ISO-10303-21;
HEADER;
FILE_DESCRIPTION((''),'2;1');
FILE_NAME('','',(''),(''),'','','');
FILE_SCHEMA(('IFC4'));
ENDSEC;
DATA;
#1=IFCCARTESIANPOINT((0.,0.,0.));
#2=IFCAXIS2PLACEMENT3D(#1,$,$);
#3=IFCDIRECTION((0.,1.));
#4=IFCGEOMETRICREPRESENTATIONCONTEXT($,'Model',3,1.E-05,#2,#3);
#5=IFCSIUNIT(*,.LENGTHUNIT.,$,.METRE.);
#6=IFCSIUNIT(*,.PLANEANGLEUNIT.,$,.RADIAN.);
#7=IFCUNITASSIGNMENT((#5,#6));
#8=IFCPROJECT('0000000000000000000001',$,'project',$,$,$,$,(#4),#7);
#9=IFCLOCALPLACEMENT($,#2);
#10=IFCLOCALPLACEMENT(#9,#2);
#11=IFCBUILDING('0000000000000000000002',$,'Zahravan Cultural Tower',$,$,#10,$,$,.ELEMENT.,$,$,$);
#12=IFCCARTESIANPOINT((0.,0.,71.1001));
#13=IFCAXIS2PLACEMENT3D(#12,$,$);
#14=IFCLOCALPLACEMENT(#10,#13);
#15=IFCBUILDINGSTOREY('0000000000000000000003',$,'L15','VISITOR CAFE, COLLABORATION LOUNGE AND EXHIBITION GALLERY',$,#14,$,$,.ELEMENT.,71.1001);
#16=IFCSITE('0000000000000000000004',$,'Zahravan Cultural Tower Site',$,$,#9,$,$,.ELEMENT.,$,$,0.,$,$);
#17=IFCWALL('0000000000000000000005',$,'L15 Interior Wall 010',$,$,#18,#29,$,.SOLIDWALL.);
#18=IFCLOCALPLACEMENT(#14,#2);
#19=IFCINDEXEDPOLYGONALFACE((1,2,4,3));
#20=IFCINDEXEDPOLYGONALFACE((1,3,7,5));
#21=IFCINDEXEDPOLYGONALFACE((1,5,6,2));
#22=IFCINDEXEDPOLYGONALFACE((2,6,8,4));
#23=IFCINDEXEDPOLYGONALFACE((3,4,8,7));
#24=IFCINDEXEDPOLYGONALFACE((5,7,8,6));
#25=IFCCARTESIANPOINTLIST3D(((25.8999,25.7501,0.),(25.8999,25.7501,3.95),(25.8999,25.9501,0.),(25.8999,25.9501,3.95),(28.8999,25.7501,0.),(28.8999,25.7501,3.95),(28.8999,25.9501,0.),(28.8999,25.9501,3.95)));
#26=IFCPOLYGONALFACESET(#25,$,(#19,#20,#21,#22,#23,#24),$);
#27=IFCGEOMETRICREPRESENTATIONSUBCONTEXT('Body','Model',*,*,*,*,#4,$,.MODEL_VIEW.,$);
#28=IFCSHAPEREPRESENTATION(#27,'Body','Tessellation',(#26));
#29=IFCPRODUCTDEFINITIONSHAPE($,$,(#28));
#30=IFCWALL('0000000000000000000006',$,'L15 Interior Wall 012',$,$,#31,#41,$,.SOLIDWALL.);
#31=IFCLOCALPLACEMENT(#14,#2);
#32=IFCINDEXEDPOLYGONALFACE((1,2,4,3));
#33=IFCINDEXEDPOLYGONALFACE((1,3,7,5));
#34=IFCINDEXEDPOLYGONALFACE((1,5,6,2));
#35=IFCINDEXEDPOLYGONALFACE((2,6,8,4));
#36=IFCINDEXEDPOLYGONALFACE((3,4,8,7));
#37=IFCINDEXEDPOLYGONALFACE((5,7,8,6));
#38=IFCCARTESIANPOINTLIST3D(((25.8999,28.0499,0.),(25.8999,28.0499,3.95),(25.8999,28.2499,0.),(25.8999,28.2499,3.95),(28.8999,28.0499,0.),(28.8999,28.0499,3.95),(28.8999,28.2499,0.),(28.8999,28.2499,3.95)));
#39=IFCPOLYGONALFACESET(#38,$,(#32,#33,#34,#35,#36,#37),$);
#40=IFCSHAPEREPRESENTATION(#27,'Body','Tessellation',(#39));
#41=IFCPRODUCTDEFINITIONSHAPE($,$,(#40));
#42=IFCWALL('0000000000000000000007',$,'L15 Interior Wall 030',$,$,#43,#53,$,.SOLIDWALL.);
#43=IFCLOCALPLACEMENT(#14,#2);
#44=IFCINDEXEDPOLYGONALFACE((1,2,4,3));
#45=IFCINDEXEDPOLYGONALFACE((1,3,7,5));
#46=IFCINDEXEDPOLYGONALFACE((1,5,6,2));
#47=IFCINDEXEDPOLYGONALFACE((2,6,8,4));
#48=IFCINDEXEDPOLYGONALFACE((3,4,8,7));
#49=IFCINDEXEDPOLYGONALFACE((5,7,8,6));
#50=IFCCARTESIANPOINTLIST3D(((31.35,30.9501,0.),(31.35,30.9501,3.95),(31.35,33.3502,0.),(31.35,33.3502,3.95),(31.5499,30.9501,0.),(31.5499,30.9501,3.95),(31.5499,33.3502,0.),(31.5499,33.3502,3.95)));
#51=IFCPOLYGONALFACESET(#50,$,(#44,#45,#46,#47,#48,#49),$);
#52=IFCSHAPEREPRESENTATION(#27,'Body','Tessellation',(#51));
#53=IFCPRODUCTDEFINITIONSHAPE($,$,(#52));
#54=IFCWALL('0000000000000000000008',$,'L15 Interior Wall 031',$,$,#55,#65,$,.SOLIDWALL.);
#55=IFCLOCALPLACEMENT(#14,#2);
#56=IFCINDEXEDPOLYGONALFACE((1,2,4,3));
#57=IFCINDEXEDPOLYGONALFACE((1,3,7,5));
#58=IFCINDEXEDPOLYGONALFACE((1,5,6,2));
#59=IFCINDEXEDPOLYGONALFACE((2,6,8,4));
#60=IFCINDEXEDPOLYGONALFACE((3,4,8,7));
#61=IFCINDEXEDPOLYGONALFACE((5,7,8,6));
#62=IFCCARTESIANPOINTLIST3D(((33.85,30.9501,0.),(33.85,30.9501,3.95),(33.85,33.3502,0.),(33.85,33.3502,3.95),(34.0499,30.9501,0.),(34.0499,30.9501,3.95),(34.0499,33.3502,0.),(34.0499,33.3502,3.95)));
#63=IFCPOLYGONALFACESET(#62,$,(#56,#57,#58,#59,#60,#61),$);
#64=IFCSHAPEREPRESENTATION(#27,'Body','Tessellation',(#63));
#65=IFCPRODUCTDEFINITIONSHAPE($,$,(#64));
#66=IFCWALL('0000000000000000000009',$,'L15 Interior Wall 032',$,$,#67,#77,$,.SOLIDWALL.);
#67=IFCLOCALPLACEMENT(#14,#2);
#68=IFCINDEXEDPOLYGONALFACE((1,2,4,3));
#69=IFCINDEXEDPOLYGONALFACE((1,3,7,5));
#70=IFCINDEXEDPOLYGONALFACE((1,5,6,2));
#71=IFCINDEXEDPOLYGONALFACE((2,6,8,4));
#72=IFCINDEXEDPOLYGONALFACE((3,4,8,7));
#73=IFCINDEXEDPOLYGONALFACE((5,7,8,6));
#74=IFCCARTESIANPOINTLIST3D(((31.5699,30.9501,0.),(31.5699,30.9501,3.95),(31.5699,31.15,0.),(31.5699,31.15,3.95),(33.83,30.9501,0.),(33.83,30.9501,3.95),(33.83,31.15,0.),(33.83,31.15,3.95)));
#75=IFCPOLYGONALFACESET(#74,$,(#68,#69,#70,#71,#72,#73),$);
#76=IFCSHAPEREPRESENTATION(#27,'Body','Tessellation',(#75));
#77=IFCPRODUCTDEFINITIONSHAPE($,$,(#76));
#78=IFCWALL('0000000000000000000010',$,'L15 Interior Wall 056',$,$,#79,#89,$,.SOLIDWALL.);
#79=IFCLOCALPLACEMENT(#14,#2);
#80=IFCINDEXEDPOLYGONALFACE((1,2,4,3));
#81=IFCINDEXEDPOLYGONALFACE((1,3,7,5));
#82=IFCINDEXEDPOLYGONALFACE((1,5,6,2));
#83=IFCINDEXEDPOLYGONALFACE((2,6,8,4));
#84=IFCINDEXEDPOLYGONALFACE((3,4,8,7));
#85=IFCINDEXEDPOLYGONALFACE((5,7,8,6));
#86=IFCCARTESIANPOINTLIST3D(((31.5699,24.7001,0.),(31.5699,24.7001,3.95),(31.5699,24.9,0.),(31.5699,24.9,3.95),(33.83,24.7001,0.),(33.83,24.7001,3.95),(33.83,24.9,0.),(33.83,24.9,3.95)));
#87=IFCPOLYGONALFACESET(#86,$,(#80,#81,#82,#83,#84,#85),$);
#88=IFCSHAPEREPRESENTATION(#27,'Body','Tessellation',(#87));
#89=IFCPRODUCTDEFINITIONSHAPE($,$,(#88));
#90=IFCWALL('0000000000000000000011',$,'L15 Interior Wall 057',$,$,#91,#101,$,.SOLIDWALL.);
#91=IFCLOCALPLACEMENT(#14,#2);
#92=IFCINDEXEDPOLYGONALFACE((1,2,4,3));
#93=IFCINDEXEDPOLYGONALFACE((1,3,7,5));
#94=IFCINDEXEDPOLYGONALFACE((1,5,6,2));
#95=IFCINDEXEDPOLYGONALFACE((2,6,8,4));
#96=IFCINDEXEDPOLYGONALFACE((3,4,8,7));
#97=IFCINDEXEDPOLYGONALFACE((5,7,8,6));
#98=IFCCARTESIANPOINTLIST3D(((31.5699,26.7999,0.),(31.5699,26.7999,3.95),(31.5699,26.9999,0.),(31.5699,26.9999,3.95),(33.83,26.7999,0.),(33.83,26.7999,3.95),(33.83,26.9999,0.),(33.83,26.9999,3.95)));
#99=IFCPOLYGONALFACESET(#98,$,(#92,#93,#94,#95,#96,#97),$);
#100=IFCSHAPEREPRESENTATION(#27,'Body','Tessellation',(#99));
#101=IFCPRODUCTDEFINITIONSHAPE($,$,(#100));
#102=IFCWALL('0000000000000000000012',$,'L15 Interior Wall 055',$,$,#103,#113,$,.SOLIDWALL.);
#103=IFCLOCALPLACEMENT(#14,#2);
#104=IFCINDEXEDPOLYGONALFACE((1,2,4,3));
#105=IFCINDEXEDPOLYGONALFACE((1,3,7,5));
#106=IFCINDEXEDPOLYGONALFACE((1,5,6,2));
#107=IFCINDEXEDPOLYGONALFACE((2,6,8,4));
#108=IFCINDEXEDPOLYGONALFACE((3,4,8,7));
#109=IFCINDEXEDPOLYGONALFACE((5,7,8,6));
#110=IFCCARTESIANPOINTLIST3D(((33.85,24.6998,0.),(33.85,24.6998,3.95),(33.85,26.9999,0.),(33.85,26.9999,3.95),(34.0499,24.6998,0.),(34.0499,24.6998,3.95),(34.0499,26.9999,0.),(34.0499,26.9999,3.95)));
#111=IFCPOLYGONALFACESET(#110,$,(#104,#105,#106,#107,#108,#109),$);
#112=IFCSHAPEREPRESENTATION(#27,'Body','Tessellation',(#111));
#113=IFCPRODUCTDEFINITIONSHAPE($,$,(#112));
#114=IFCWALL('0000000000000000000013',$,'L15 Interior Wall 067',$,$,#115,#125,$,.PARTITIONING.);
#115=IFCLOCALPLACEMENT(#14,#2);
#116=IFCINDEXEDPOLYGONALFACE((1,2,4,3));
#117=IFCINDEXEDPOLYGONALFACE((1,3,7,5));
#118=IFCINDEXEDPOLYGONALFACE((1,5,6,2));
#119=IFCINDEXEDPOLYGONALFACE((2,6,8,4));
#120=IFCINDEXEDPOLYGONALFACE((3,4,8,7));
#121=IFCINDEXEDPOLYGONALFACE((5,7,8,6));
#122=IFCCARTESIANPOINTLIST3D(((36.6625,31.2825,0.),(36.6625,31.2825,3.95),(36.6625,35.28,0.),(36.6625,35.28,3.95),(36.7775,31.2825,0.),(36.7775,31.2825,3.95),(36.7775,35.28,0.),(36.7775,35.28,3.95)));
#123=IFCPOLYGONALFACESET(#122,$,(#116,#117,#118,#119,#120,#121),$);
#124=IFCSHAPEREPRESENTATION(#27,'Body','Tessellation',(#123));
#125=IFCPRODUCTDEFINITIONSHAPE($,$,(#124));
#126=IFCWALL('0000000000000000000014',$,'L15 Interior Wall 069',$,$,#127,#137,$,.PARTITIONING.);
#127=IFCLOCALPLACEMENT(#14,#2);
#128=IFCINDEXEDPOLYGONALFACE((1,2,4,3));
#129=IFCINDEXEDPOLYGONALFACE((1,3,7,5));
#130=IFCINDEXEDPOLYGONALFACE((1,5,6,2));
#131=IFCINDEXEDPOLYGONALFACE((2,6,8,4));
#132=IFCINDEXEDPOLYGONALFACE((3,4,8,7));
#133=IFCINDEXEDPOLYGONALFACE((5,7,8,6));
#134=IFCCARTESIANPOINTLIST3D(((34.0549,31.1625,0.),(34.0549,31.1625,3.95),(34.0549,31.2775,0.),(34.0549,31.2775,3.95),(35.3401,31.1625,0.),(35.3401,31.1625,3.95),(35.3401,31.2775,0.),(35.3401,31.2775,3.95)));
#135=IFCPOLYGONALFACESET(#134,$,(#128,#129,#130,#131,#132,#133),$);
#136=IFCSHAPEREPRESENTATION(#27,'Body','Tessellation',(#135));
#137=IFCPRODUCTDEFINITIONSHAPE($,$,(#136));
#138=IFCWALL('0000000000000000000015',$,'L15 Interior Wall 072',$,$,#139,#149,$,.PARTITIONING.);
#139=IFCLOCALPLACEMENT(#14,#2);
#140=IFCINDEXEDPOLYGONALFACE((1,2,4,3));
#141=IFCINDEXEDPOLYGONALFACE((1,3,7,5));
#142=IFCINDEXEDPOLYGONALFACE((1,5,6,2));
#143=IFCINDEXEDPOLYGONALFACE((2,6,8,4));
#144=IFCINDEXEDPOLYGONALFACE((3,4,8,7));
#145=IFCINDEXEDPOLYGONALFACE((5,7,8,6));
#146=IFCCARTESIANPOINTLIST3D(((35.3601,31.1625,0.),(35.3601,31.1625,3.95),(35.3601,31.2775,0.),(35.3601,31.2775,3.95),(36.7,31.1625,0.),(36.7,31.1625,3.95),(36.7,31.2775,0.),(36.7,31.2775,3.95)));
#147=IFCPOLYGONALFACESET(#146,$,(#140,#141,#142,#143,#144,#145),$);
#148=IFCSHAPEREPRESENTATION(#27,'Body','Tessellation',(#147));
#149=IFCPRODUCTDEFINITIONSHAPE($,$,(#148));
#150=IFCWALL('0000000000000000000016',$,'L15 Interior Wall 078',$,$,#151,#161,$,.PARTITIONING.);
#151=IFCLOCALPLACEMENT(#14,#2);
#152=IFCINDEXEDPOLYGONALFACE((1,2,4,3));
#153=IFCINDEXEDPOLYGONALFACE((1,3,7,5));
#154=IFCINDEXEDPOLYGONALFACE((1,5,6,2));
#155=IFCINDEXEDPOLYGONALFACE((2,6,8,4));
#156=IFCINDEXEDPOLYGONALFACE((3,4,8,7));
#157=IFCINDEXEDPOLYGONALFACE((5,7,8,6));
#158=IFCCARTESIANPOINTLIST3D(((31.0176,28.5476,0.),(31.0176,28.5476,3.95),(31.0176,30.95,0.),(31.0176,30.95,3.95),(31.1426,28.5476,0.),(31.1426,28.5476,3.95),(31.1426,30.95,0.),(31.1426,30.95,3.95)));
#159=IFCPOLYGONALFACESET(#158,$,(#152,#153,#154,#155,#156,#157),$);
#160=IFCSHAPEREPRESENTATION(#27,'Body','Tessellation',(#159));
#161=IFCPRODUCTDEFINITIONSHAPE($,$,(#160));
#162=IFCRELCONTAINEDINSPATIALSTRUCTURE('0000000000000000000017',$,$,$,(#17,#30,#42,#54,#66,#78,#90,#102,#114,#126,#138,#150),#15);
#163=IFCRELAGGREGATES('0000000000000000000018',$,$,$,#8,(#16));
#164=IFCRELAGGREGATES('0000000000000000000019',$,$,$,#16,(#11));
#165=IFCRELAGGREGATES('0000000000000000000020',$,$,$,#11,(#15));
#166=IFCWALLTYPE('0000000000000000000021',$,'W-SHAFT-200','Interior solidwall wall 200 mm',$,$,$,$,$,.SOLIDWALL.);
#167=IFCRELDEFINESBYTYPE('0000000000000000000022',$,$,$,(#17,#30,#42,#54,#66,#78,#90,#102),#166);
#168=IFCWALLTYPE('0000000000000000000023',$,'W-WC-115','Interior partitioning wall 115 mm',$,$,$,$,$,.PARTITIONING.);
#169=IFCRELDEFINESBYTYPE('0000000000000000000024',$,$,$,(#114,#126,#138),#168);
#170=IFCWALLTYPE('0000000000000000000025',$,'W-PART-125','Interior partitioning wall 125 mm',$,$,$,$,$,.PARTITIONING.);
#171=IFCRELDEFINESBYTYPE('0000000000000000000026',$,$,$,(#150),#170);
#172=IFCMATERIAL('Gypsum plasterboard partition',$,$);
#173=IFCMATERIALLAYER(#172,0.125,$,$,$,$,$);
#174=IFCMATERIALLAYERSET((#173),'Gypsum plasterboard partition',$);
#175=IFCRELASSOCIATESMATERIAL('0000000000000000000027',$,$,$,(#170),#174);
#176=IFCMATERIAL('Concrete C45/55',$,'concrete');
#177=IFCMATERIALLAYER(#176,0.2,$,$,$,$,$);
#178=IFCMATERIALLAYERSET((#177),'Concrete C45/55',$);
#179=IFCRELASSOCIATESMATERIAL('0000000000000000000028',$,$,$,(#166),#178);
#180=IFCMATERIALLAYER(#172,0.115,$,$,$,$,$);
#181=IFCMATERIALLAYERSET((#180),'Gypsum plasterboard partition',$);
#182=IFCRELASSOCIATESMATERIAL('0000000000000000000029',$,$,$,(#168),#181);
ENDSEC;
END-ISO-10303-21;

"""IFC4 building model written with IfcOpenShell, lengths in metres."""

from ifc_helpers import new_model, si_unit, direction, frame, frame_2d, origin, place, context, subcontext, project, spatial, rectangle, extrude, source, transform, mapped, material, layer, layer_set, type_object, element, save


model = new_model("IFC4")

# Units and contexts
model_context = context("Model", 3, precision=1e-05, world=origin(), true_north=direction((0.0, 1.0)))
body_context = subcontext(model_context, "Body", "Model", "MODEL_VIEW")
ifc_project = project(units=[si_unit("LENGTHUNIT", "METRE"), si_unit("PLANEANGLEUNIT", "RADIAN")], contexts=[model_context])

# Site, building, storey
site_placement = place(None, origin())
site = spatial("IfcSite", under=ifc_project, at=site_placement, Name="Zahravan Cultural Tower Site", CompositionType="ELEMENT", RefElevation=0.0)
building_placement = place(site_placement, origin())
building = spatial("IfcBuilding", under=site, at=building_placement, Name="Zahravan Cultural Tower", CompositionType="ELEMENT")
storey_placement = place(building_placement, frame((0.0, 0.0, 71.1001)))
storey = spatial("IfcBuildingStorey", under=building, at=storey_placement, Name="L15", Description="VISITOR CAFE, COLLABORATION LOUNGE AND EXHIBITION GALLERY", CompositionType="ELEMENT", Elevation=71.1001)

# Shared definitions
ifc_material_1 = material(Name="Gypsum plasterboard partition")
ifc_layer_1 = layer(ifc_material_1, 0.125)
ifc_layer_set_1 = layer_set([ifc_layer_1], Name="Gypsum plasterboard partition")
wall_type_1 = type_object("IfcWallType", Name="W-PART-125", Description="Interior partitioning wall 125 mm", PredefinedType="PARTITIONING", material=ifc_layer_set_1)
ifc_material_2 = material(Name="Concrete C45/55", Category="concrete")
ifc_layer_2 = layer(ifc_material_2, 0.2)
ifc_layer_set_2 = layer_set([ifc_layer_2], Name="Concrete C45/55")
wall_type_2 = type_object("IfcWallType", Name="W-SHAFT-200", Description="Interior solidwall wall 200 mm", PredefinedType="SOLIDWALL", material=ifc_layer_set_2)

# Walls
shared_shape_1 = source(origin(), body_context, "Body", "SweptSolid", [
    extrude(rectangle(XDim=3.0, YDim=0.2, at=frame_2d((1.5, 0.0))), origin(), (0.0, 0.0, 1.0), 3.95),
])
for number, where, z_axis, x_axis, name in (
    (1, (25.8999, 25.8501, 0.0), (0.0, 0.0, 1.0), (1.0, 0.0, 0.0), "L15 Interior Wall 010"),
    (2, (25.8999, 28.1499, 0.0), (0.0, 0.0, 1.0), (1.0, 0.0, 0.0), "L15 Interior Wall 012"),
):
    element("IfcWall", number, at=place(storey_placement, frame(where, z_axis=z_axis, x_axis=x_axis)), inside=storey, type_object=wall_type_2, Name=name, PredefinedType="SOLIDWALL", context=body_context, shape_type="MappedRepresentation", body=[
        mapped(shared_shape_1, transform((0.0, 0.0, 0.0), x_axis=(1.0, 0.0, 0.0), y_axis=(0.0, 1.0, 0.0), z_axis=(0.0, 0.0, 1.0), scale=1.0)),
    ])
shared_shape_2 = source(origin(), body_context, "Body", "SweptSolid", [
    extrude(rectangle(XDim=2.4001, YDim=0.2, at=frame_2d((1.2002, 0.0))), origin(), (0.0, 0.0, 1.0), 3.95),
])
for number, where, z_axis, x_axis, name in (
    (3, (31.45, 30.95, 0.0), (0.0, 0.0, 1.0), (0.0, 1.0, 0.0), "L15 Interior Wall 030"),
    (4, (33.95, 30.95, 0.0), (0.0, 0.0, 1.0), (0.0, 1.0, 0.0), "L15 Interior Wall 031"),
):
    element("IfcWall", number, at=place(storey_placement, frame(where, z_axis=z_axis, x_axis=x_axis)), inside=storey, type_object=wall_type_2, Name=name, PredefinedType="SOLIDWALL", context=body_context, shape_type="MappedRepresentation", body=[
        mapped(shared_shape_2, transform((0.0, 0.0, 0.0), x_axis=(1.0, 0.0, 0.0), y_axis=(0.0, 1.0, 0.0), z_axis=(0.0, 0.0, 1.0), scale=1.0)),
    ])
shared_shape_3 = source(origin(), body_context, "Body", "SweptSolid", [
    extrude(rectangle(XDim=2.26, YDim=0.2, at=frame_2d((1.1299, 0.0))), origin(), (0.0, 0.0, 1.0), 3.95),
])
for number, where, z_axis, x_axis, name in (
    (5, (31.5701, 31.05, 0.0), (0.0, 0.0, 1.0), (1.0, 0.0, 0.0), "L15 Interior Wall 032"),
    (6, (31.5701, 24.8, 0.0), (0.0, 0.0, 1.0), (1.0, 0.0, 0.0), "L15 Interior Wall 056"),
    (7, (31.5701, 26.8999, 0.0), (0.0, 0.0, 1.0), (1.0, 0.0, 0.0), "L15 Interior Wall 057"),
):
    element("IfcWall", number, at=place(storey_placement, frame(where, z_axis=z_axis, x_axis=x_axis)), inside=storey, type_object=wall_type_2, Name=name, PredefinedType="SOLIDWALL", context=body_context, shape_type="MappedRepresentation", body=[
        mapped(shared_shape_3, transform((0.0, 0.0, 0.0), x_axis=(1.0, 0.0, 0.0), y_axis=(0.0, 1.0, 0.0), z_axis=(0.0, 0.0, 1.0), scale=1.0)),
    ])
shared_shape_4 = source(origin(), body_context, "Body", "SweptSolid", [
    extrude(rectangle(XDim=2.3, YDim=0.2, at=frame_2d((1.1499, 0.0))), origin(), (0.0, 0.0, 1.0), 3.95),
])
wall_1_placement = place(storey_placement, frame((33.95, 24.7, 0.0), z_axis=(0.0, 0.0, 1.0), x_axis=(0.0, 1.0, 0.0)))
element("IfcWall", 8, at=wall_1_placement, inside=storey, type_object=wall_type_2, Name="L15 Interior Wall 055", PredefinedType="SOLIDWALL", context=body_context, shape_type="MappedRepresentation", body=[
    mapped(shared_shape_4, transform((0.0, 0.0, 0.0), x_axis=(1.0, 0.0, 0.0), y_axis=(0.0, 1.0, 0.0), z_axis=(0.0, 0.0, 1.0), scale=1.0)),
])
ifc_layer_3 = layer(ifc_material_1, 0.115)
ifc_layer_set_3 = layer_set([ifc_layer_3], Name="Gypsum plasterboard partition")
wall_type_3 = type_object("IfcWallType", Name="W-WC-115", Description="Interior partitioning wall 115 mm", PredefinedType="PARTITIONING", material=ifc_layer_set_3)
shared_shape_5 = source(origin(), body_context, "Body", "SweptSolid", [
    extrude(rectangle(XDim=3.9976, YDim=0.115, at=frame_2d((1.9988, 0.0))), origin(), (0.0, 0.0, 1.0), 3.95),
])
wall_2_placement = place(storey_placement, frame((36.72, 31.2825, 0.0), z_axis=(0.0, 0.0, 1.0), x_axis=(0.0, 1.0, 0.0)))
element("IfcWall", 9, at=wall_2_placement, inside=storey, type_object=wall_type_3, Name="L15 Interior Wall 067", PredefinedType="PARTITIONING", context=body_context, shape_type="MappedRepresentation", body=[
    mapped(shared_shape_5, transform((0.0, 0.0, 0.0), x_axis=(1.0, 0.0, 0.0), y_axis=(0.0, 1.0, 0.0), z_axis=(0.0, 0.0, 1.0), scale=1.0)),
])
shared_shape_6 = source(origin(), body_context, "Body", "SweptSolid", [
    extrude(rectangle(XDim=1.2852, YDim=0.115, at=frame_2d((0.6426, 0.0))), origin(), (0.0, 0.0, 1.0), 3.95),
])
wall_3_placement = place(storey_placement, frame((35.3401, 31.22, 0.0), z_axis=(0.0, 0.0, 1.0), x_axis=(-1.0, 0.0, 0.0)))
element("IfcWall", 10, at=wall_3_placement, inside=storey, type_object=wall_type_3, Name="L15 Interior Wall 069", PredefinedType="PARTITIONING", context=body_context, shape_type="MappedRepresentation", body=[
    mapped(shared_shape_6, transform((0.0, 0.0, 0.0), x_axis=(1.0, 0.0, 0.0), y_axis=(0.0, 1.0, 0.0), z_axis=(0.0, 0.0, 1.0), scale=1.0)),
])
shared_shape_7 = source(origin(), body_context, "Body", "SweptSolid", [
    extrude(rectangle(XDim=1.3398, YDim=0.115, at=frame_2d((0.6699, 0.0))), origin(), (0.0, 0.0, 1.0), 3.95),
])
wall_4_placement = place(storey_placement, frame((36.7, 31.22, 0.0), z_axis=(0.0, 0.0, 1.0), x_axis=(-1.0, 0.0, 0.0)))
element("IfcWall", 11, at=wall_4_placement, inside=storey, type_object=wall_type_3, Name="L15 Interior Wall 072", PredefinedType="PARTITIONING", context=body_context, shape_type="MappedRepresentation", body=[
    mapped(shared_shape_7, transform((0.0, 0.0, 0.0), x_axis=(1.0, 0.0, 0.0), y_axis=(0.0, 1.0, 0.0), z_axis=(0.0, 0.0, 1.0), scale=1.0)),
])
shared_shape_8 = source(origin(), body_context, "Body", "SweptSolid", [
    extrude(rectangle(XDim=2.4023, YDim=0.125, at=frame_2d((1.2012, 0.0))), origin(), (0.0, 0.0, 1.0), 3.95),
])
wall_5_placement = place(storey_placement, frame((31.0801, 28.5476, 0.0), z_axis=(0.0, 0.0, 1.0), x_axis=(0.0, 1.0, 0.0)))
element("IfcWall", 12, at=wall_5_placement, inside=storey, type_object=wall_type_1, Name="L15 Interior Wall 078", PredefinedType="PARTITIONING", context=body_context, shape_type="MappedRepresentation", body=[
    mapped(shared_shape_8, transform((0.0, 0.0, 0.0), x_axis=(1.0, 0.0, 0.0), y_axis=(0.0, 1.0, 0.0), z_axis=(0.0, 0.0, 1.0), scale=1.0)),
])

save(model, "model.ifc")
